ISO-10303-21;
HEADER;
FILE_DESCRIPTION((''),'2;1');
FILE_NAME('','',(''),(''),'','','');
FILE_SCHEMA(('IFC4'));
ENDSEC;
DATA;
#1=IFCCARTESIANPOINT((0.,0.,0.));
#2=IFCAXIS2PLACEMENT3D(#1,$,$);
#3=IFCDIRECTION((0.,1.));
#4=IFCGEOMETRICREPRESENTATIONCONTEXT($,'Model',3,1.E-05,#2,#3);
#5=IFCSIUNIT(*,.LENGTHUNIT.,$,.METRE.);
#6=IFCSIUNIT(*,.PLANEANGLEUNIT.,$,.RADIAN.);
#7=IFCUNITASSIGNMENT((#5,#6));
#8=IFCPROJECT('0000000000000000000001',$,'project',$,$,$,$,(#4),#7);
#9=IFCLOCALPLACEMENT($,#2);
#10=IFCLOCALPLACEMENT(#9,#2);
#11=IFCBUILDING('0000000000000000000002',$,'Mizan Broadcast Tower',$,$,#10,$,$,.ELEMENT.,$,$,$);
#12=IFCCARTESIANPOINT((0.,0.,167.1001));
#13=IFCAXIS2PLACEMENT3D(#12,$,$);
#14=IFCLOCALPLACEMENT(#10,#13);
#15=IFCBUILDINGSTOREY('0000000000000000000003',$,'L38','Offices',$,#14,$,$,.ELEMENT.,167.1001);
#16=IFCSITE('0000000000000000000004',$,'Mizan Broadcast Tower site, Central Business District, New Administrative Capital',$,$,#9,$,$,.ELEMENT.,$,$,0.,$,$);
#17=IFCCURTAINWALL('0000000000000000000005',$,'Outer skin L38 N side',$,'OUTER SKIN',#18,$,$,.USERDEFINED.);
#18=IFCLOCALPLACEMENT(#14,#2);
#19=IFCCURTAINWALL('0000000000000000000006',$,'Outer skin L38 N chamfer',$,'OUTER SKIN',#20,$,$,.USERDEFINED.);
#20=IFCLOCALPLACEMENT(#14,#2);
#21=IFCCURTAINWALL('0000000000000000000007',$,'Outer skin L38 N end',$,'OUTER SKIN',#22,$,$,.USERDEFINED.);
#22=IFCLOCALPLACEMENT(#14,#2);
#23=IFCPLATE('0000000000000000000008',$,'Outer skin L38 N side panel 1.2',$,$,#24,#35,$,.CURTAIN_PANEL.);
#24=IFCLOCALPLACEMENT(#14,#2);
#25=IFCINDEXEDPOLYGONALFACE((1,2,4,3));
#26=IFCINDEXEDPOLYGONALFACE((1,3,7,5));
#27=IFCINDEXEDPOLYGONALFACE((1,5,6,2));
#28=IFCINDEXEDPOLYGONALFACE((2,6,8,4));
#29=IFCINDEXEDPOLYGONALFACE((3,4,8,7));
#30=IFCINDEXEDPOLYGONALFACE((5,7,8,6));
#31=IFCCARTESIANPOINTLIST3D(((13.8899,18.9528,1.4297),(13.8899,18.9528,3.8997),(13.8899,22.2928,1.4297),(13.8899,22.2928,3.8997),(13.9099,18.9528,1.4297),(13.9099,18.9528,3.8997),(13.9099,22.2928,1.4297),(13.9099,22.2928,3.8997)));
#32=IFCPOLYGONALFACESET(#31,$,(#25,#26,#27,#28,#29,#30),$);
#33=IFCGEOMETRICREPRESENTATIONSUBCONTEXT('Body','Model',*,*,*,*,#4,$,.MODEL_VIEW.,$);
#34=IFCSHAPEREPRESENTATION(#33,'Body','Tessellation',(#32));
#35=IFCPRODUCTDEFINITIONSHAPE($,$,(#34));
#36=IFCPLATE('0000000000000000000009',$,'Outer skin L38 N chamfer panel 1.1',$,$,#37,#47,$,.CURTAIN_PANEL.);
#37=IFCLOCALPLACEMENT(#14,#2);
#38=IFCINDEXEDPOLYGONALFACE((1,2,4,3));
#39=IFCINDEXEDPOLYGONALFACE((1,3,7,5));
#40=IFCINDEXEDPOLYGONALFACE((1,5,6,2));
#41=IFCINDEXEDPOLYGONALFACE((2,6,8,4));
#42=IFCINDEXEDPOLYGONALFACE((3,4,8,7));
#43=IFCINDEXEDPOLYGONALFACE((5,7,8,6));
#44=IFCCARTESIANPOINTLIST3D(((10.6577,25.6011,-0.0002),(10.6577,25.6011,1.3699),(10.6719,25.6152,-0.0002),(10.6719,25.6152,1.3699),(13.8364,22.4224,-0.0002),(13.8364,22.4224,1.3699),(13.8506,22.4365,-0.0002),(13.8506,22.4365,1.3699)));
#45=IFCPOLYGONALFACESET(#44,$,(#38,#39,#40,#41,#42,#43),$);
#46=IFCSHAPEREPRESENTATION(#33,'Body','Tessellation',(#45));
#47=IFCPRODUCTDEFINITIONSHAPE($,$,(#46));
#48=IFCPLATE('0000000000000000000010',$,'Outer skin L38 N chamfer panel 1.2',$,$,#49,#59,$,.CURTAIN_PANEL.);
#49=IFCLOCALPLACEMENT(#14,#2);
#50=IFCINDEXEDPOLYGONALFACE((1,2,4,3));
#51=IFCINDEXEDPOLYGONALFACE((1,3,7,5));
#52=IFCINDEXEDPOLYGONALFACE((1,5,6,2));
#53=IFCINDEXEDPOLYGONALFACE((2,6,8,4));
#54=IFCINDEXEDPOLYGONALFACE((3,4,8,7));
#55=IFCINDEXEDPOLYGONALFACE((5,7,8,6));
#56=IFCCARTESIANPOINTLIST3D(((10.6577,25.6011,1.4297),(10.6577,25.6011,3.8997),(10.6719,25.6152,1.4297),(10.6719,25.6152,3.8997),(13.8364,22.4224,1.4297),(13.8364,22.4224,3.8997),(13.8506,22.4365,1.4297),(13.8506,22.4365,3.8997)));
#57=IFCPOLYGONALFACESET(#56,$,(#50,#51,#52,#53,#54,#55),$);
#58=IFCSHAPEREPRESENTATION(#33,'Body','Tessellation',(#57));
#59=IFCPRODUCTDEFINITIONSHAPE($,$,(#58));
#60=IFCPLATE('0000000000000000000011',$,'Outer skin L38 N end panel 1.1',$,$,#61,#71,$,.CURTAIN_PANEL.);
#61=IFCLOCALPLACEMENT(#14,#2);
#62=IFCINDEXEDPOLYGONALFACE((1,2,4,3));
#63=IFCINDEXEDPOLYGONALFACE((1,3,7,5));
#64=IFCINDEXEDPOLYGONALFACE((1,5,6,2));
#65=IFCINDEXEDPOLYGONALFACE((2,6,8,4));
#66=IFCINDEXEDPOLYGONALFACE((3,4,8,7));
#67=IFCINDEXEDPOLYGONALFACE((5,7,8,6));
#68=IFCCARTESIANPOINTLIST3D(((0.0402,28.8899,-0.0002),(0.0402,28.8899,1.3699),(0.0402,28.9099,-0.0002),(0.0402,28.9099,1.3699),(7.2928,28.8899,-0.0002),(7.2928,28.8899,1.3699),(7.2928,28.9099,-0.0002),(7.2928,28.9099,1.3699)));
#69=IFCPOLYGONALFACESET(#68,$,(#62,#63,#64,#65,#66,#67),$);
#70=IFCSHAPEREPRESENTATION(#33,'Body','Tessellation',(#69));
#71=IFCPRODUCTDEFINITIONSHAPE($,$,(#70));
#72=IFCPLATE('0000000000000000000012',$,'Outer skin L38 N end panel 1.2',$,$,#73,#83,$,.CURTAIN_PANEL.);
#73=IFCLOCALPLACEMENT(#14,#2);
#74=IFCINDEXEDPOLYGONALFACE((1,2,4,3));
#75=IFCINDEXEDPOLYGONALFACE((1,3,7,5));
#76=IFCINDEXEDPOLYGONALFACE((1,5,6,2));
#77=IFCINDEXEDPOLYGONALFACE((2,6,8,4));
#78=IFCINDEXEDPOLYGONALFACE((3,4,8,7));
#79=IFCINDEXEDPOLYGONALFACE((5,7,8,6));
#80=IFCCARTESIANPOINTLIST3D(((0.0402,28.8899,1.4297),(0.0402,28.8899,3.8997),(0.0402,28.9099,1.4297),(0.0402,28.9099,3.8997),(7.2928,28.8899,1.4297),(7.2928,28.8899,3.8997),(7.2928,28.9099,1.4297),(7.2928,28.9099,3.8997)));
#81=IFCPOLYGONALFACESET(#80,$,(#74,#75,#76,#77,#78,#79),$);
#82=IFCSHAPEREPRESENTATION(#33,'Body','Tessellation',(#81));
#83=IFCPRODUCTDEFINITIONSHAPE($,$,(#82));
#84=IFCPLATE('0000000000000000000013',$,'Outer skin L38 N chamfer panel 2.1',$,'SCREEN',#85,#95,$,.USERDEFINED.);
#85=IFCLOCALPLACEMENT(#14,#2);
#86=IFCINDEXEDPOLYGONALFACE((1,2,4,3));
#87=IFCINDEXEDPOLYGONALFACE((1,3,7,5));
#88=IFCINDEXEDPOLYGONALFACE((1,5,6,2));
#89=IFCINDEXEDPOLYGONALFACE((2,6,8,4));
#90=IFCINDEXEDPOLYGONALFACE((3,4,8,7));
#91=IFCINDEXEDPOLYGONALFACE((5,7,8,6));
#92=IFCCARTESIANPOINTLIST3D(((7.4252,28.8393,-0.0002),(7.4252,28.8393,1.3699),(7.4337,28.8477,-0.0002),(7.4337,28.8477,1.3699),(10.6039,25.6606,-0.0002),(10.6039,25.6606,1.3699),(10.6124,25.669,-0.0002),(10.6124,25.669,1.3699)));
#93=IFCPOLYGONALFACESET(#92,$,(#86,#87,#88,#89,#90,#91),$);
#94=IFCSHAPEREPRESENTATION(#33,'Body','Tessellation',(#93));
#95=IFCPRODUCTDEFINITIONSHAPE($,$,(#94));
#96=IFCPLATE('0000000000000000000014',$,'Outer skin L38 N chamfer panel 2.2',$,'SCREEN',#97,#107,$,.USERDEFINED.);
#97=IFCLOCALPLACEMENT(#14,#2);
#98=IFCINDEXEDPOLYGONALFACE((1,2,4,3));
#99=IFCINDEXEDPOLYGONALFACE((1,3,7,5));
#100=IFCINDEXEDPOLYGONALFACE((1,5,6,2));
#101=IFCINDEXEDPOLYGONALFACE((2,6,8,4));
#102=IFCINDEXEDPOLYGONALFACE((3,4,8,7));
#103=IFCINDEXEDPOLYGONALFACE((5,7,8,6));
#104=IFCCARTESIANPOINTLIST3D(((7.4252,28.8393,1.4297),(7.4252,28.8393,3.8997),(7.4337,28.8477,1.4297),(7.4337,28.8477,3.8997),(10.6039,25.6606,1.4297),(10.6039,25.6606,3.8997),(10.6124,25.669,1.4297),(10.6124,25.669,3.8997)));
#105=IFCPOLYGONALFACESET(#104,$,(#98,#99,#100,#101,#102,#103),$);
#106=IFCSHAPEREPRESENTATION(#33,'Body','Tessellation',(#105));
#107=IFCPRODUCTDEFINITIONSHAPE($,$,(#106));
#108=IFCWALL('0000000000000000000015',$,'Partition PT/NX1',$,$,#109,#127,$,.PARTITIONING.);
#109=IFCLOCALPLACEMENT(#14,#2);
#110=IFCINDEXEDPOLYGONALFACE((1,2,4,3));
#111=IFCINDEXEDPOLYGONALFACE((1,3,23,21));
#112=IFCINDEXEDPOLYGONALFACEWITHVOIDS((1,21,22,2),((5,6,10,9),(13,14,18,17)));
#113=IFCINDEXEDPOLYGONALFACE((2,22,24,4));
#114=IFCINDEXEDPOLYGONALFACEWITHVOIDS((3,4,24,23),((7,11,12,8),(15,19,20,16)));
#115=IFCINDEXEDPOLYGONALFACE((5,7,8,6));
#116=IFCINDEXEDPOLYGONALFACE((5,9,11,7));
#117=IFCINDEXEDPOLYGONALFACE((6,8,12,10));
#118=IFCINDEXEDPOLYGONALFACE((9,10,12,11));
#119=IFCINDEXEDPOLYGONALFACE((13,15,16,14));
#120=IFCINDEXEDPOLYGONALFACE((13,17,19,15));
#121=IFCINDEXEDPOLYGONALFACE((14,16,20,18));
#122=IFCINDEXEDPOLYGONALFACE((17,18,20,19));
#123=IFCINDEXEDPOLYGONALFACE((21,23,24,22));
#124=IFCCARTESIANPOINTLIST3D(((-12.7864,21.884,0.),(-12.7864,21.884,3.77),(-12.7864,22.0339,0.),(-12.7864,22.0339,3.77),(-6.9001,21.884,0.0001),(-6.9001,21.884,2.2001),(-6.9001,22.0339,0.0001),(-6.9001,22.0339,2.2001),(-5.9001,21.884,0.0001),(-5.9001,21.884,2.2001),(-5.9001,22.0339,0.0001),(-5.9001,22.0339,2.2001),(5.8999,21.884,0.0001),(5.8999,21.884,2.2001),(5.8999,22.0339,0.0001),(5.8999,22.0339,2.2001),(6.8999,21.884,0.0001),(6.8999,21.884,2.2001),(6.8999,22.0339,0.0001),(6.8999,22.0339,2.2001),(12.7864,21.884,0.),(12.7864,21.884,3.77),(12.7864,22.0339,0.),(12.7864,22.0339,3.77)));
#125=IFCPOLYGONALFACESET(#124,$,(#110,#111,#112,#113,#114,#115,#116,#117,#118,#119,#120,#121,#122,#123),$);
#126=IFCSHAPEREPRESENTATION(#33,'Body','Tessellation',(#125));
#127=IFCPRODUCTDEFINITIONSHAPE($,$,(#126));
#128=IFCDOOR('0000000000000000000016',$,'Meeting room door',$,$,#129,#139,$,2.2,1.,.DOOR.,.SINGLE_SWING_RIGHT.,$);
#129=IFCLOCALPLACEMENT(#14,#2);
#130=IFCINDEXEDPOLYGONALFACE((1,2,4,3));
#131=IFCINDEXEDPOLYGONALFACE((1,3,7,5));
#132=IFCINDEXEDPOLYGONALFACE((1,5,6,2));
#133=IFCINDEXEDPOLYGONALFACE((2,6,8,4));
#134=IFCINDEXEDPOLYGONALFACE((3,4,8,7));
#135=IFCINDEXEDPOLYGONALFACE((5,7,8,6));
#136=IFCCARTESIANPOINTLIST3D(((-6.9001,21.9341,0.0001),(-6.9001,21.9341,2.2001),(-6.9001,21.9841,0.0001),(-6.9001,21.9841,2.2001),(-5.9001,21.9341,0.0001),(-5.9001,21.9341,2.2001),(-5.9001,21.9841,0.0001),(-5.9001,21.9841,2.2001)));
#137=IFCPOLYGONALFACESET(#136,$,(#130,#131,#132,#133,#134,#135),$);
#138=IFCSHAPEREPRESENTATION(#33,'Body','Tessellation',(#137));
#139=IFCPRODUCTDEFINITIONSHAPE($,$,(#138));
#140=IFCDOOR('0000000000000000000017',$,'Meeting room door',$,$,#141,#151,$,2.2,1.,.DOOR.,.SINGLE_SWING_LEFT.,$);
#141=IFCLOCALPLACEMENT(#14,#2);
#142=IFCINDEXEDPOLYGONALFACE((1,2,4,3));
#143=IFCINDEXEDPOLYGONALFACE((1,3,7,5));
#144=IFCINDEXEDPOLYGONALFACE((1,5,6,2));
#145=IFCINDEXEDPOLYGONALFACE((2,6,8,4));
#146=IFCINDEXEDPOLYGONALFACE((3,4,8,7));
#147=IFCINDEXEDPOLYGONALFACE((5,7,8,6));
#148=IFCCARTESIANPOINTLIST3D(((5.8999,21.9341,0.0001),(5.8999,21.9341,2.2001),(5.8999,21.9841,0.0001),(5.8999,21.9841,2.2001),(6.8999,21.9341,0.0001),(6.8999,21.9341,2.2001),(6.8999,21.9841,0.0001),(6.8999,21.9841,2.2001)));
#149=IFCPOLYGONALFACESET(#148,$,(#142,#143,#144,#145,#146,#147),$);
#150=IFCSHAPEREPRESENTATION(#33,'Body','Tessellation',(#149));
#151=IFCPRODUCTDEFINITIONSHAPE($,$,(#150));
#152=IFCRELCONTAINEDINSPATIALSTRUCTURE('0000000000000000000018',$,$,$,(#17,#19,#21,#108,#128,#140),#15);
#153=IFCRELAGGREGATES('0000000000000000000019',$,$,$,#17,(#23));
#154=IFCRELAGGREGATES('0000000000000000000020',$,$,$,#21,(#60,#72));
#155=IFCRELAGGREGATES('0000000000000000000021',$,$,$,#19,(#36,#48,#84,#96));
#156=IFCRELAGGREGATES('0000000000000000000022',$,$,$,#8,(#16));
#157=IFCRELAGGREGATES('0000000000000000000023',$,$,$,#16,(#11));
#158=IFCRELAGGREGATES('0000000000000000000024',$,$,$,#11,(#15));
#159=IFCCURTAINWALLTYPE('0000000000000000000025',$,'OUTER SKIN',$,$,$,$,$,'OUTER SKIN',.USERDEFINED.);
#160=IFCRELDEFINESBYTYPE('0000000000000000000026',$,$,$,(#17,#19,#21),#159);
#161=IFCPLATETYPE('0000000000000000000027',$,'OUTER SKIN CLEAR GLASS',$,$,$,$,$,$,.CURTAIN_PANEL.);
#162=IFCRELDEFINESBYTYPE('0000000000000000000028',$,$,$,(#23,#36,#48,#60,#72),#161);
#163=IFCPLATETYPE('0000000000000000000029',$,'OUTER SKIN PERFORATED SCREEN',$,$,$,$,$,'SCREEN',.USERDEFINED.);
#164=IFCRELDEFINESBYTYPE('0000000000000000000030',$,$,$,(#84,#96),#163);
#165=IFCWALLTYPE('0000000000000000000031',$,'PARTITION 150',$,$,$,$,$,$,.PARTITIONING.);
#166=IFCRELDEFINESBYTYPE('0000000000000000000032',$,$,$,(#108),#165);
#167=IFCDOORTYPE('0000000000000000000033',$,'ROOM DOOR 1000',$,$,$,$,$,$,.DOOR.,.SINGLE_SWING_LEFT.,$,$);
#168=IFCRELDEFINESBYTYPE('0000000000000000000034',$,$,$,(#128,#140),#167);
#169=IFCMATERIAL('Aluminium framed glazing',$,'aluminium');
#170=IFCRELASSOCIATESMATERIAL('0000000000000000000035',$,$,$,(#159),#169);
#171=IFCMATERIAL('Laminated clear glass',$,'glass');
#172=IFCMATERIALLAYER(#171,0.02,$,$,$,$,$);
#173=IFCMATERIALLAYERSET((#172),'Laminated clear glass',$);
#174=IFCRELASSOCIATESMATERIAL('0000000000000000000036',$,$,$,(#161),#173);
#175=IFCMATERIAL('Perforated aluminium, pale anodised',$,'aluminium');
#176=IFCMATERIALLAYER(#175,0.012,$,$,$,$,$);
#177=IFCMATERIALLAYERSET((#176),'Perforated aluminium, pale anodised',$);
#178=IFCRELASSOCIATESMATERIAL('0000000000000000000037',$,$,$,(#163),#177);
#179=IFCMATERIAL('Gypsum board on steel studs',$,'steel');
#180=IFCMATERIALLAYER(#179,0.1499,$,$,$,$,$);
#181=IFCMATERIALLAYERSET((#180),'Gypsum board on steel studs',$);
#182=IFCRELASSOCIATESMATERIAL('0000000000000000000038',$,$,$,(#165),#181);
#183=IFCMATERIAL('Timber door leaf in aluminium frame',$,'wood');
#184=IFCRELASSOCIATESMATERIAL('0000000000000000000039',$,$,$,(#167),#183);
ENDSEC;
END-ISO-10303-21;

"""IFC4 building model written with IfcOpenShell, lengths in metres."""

from ifc_helpers import new_model, si_unit, direction, frame, frame_2d, origin, origin_2d, place, context, subcontext, project, spatial, rectangle, extrude, material, layer, layer_set, type_object, element, fill, aggregate, save


model = new_model("IFC4")

# Units and contexts
model_context = context("Model", 3, precision=1e-05, world=origin(), true_north=direction((0.0, 1.0)))
body_context = subcontext(model_context, "Body", "Model", "MODEL_VIEW")
ifc_project = project(units=[si_unit("LENGTHUNIT", "METRE"), si_unit("PLANEANGLEUNIT", "RADIAN")], contexts=[model_context])

# Site, building, storey
site_placement = place(None, origin())
site = spatial("IfcSite", under=ifc_project, at=site_placement, Name="Mizan Broadcast Tower site, Central Business District, New Administrative Capital", CompositionType="ELEMENT", RefElevation=0.0)
building_placement = place(site_placement, origin())
building = spatial("IfcBuilding", under=site, at=building_placement, Name="Mizan Broadcast Tower", CompositionType="ELEMENT")
storey_placement = place(building_placement, frame((0.0, 0.0, 167.1001)))
storey = spatial("IfcBuildingStorey", under=building, at=storey_placement, Name="L38", Description="Offices", CompositionType="ELEMENT", Elevation=167.1001)

# Curtain wall
ifc_material_1 = material(Name="Aluminium framed glazing", Category="aluminium")
curtain_wall_type_1 = type_object("IfcCurtainWallType", Name="OUTER SKIN", ElementType="OUTER SKIN", PredefinedType="USERDEFINED", material=ifc_material_1)
curtain_wall_1_placement = place(storey_placement, origin())
curtain_wall_1 = element("IfcCurtainWall", 1, at=curtain_wall_1_placement, inside=storey, type_object=curtain_wall_type_1, Name="Outer skin L38 N side", ObjectType="OUTER SKIN", PredefinedType="USERDEFINED")

# Curtain wall
curtain_wall_2_placement = place(storey_placement, origin())
curtain_wall_2 = element("IfcCurtainWall", 2, at=curtain_wall_2_placement, inside=storey, type_object=curtain_wall_type_1, Name="Outer skin L38 N chamfer", ObjectType="OUTER SKIN", PredefinedType="USERDEFINED")

# Curtain wall
curtain_wall_3_placement = place(storey_placement, origin())
curtain_wall_3 = element("IfcCurtainWall", 3, at=curtain_wall_3_placement, inside=storey, type_object=curtain_wall_type_1, Name="Outer skin L38 N end", ObjectType="OUTER SKIN", PredefinedType="USERDEFINED")

# Plates
ifc_material_2 = material(Name="Laminated clear glass", Category="glass")
ifc_layer_1 = layer(ifc_material_2, 0.02)
ifc_layer_set_1 = layer_set([ifc_layer_1], Name="Laminated clear glass")
plate_type_1 = type_object("IfcPlateType", Name="OUTER SKIN CLEAR GLASS", PredefinedType="CURTAIN_PANEL", material=ifc_layer_set_1)
plate_1_placement = place(storey_placement, frame((13.8999, 20.6228, 1.4297), z_axis=(0.0, 0.0, 1.0), x_axis=(0.0, 1.0, 0.0)))
plate_1 = element("IfcPlate", 4, at=plate_1_placement, type_object=plate_type_1, Name="Outer skin L38 N side panel 1.2", PredefinedType="CURTAIN_PANEL", context=body_context, shape_type="SweptSolid", body=[
    extrude(rectangle(XDim=3.3401, YDim=0.02, at=origin_2d()), origin(), (0.0, 0.0, 1.0), 2.47),
])
aggregate(curtain_wall_1, [plate_1])
plate_2_placement = place(storey_placement, frame((12.2542, 24.0188, -0.0002), z_axis=(0.0, 0.0, 1.0), x_axis=(-0.707107, 0.707107, 0.0)))
plate_2 = element("IfcPlate", 5, at=plate_2_placement, type_object=plate_type_1, Name="Outer skin L38 N chamfer panel 1.1", PredefinedType="CURTAIN_PANEL", context=body_context, shape_type="SweptSolid", body=[
    extrude(rectangle(XDim=4.4954, YDim=0.02, at=origin_2d()), origin(), (0.0, 0.0, 1.0), 1.3701),
])
plate_3_placement = place(storey_placement, frame((12.2542, 24.0188, 1.4297), z_axis=(0.0, 0.0, 1.0), x_axis=(-0.707107, 0.707107, 0.0)))
plate_3 = element("IfcPlate", 6, at=plate_3_placement, type_object=plate_type_1, Name="Outer skin L38 N chamfer panel 1.2", PredefinedType="CURTAIN_PANEL", context=body_context, shape_type="SweptSolid", body=[
    extrude(rectangle(XDim=4.4954, YDim=0.02, at=origin_2d()), origin(), (0.0, 0.0, 1.0), 2.47),
])
plate_4_placement = place(storey_placement, frame((3.6665, 28.8999, -0.0002), z_axis=(0.0, 0.0, 1.0), x_axis=(-1.0, 0.0, 0.0)))
plate_4 = element("IfcPlate", 7, at=plate_4_placement, type_object=plate_type_1, Name="Outer skin L38 N end panel 1.1", PredefinedType="CURTAIN_PANEL", context=body_context, shape_type="SweptSolid", body=[
    extrude(rectangle(XDim=7.2527, YDim=0.02, at=origin_2d()), origin(), (0.0, 0.0, 1.0), 1.3701),
])
plate_5_placement = place(storey_placement, frame((3.6665, 28.8999, 1.4297), z_axis=(0.0, 0.0, 1.0), x_axis=(-1.0, 0.0, 0.0)))
plate_5 = element("IfcPlate", 8, at=plate_5_placement, type_object=plate_type_1, Name="Outer skin L38 N end panel 1.2", PredefinedType="CURTAIN_PANEL", context=body_context, shape_type="SweptSolid", body=[
    extrude(rectangle(XDim=7.2527, YDim=0.02, at=origin_2d()), origin(), (0.0, 0.0, 1.0), 2.47),
])
aggregate(curtain_wall_3, [plate_4, plate_5])
ifc_material_3 = material(Name="Perforated aluminium, pale anodised", Category="aluminium")
ifc_layer_2 = layer(ifc_material_3, 0.012)
ifc_layer_set_2 = layer_set([ifc_layer_2], Name="Perforated aluminium, pale anodised")
plate_type_2 = type_object("IfcPlateType", Name="OUTER SKIN PERFORATED SCREEN", ElementType="SCREEN", PredefinedType="USERDEFINED", material=ifc_layer_set_2)
plate_6_placement = place(storey_placement, frame((9.0188, 27.2542, -0.0002), z_axis=(0.0, 0.0, 1.0), x_axis=(-0.707107, 0.707107, 0.0)))
plate_6 = element("IfcPlate", 9, at=plate_6_placement, type_object=plate_type_2, Name="Outer skin L38 N chamfer panel 2.1", ObjectType="SCREEN", PredefinedType="USERDEFINED", context=body_context, shape_type="SweptSolid", body=[
    extrude(rectangle(XDim=4.4954, YDim=0.012, at=origin_2d()), origin(), (0.0, 0.0, 1.0), 1.3701),
])
plate_7_placement = place(storey_placement, frame((9.0188, 27.2542, 1.4297), z_axis=(0.0, 0.0, 1.0), x_axis=(-0.707107, 0.707107, 0.0)))
plate_7 = element("IfcPlate", 10, at=plate_7_placement, type_object=plate_type_2, Name="Outer skin L38 N chamfer panel 2.2", ObjectType="SCREEN", PredefinedType="USERDEFINED", context=body_context, shape_type="SweptSolid", body=[
    extrude(rectangle(XDim=4.4954, YDim=0.012, at=origin_2d()), origin(), (0.0, 0.0, 1.0), 2.47),
])
aggregate(curtain_wall_2, [plate_2, plate_3, plate_6, plate_7])

# Wall, openings, doors
ifc_material_4 = material(Name="Gypsum board on steel studs", Category="steel")
ifc_layer_3 = layer(ifc_material_4, 0.1499)
ifc_layer_set_3 = layer_set([ifc_layer_3], Name="Gypsum board on steel studs")
wall_type = type_object("IfcWallType", Name="PARTITION 150", PredefinedType="PARTITIONING", material=ifc_layer_set_3)
wall_placement = place(storey_placement, frame((12.7864, 21.959, 0.0), z_axis=(0.0, 0.0, 1.0), x_axis=(-1.0, 0.0, 0.0)))
wall = element("IfcWall", 11, at=wall_placement, inside=storey, type_object=wall_type, Name="Partition PT/NX1", PredefinedType="PARTITIONING", context=body_context, shape_type="SweptSolid", body=[
    extrude(rectangle(XDim=25.5728, YDim=0.1499, at=frame_2d((12.7864, 0.0))), origin(), (0.0, 0.0, 1.0), 3.77),
])
opening_1_placement = place(wall_placement, frame((18.6865, 0.0, 0.0)))
opening_1 = element("IfcOpeningElement", 12, at=opening_1_placement, cuts=wall, PredefinedType="OPENING", context=body_context, shape_type="SweptSolid", body=[
    extrude(rectangle(XDim=1.0, YDim=2.2, at=frame_2d((0.5, 1.1001))), frame((0.0, 0.085, 0.0), z_axis=(0.0, -1.0, 0.0), x_axis=(1.0, 0.0, 0.0)), (0.0, 0.0, 1.0), 0.1699),
])
opening_2_placement = place(wall_placement, frame((5.8865, 0.0, 0.0)))
opening_2 = element("IfcOpeningElement", 13, at=opening_2_placement, cuts=wall, PredefinedType="OPENING", context=body_context, shape_type="SweptSolid", body=[
    extrude(rectangle(XDim=1.0, YDim=2.2, at=frame_2d((0.5, 1.1001))), frame((0.0, 0.085, 0.0), z_axis=(0.0, -1.0, 0.0), x_axis=(1.0, 0.0, 0.0)), (0.0, 0.0, 1.0), 0.1699),
])
ifc_material_5 = material(Name="Timber door leaf in aluminium frame", Category="wood")
door_type = type_object("IfcDoorType", Name="ROOM DOOR 1000", OperationType="SINGLE_SWING_LEFT", PredefinedType="DOOR", material=ifc_material_5)
door_1_placement = place(opening_1_placement, origin())
door_1 = element("IfcDoor", 14, at=door_1_placement, inside=storey, type_object=door_type, Name="Meeting room door", OperationType="SINGLE_SWING_RIGHT", OverallHeight=2.2, OverallWidth=1.0, PredefinedType="DOOR", context=body_context, shape_type="SweptSolid", body=[
    extrude(rectangle(XDim=1.0, YDim=2.2, at=frame_2d((0.5, 1.1001))), frame((0.0, 0.0249, 0.0), z_axis=(0.0, -1.0, 0.0), x_axis=(1.0, 0.0, 0.0)), (0.0, 0.0, 1.0), 0.05),
])
fill(opening_1, door_1)
door_2_placement = place(opening_2_placement, origin())
door_2 = element("IfcDoor", 15, at=door_2_placement, inside=storey, type_object=door_type, Name="Meeting room door", OperationType="SINGLE_SWING_LEFT", OverallHeight=2.2, OverallWidth=1.0, PredefinedType="DOOR", context=body_context, shape_type="SweptSolid", body=[
    extrude(rectangle(XDim=1.0, YDim=2.2, at=frame_2d((0.5, 1.1001))), frame((0.0, 0.0249, 0.0), z_axis=(0.0, -1.0, 0.0), x_axis=(1.0, 0.0, 0.0)), (0.0, 0.0, 1.0), 0.05),
])
fill(opening_2, door_2)

save(model, "model.ifc")
